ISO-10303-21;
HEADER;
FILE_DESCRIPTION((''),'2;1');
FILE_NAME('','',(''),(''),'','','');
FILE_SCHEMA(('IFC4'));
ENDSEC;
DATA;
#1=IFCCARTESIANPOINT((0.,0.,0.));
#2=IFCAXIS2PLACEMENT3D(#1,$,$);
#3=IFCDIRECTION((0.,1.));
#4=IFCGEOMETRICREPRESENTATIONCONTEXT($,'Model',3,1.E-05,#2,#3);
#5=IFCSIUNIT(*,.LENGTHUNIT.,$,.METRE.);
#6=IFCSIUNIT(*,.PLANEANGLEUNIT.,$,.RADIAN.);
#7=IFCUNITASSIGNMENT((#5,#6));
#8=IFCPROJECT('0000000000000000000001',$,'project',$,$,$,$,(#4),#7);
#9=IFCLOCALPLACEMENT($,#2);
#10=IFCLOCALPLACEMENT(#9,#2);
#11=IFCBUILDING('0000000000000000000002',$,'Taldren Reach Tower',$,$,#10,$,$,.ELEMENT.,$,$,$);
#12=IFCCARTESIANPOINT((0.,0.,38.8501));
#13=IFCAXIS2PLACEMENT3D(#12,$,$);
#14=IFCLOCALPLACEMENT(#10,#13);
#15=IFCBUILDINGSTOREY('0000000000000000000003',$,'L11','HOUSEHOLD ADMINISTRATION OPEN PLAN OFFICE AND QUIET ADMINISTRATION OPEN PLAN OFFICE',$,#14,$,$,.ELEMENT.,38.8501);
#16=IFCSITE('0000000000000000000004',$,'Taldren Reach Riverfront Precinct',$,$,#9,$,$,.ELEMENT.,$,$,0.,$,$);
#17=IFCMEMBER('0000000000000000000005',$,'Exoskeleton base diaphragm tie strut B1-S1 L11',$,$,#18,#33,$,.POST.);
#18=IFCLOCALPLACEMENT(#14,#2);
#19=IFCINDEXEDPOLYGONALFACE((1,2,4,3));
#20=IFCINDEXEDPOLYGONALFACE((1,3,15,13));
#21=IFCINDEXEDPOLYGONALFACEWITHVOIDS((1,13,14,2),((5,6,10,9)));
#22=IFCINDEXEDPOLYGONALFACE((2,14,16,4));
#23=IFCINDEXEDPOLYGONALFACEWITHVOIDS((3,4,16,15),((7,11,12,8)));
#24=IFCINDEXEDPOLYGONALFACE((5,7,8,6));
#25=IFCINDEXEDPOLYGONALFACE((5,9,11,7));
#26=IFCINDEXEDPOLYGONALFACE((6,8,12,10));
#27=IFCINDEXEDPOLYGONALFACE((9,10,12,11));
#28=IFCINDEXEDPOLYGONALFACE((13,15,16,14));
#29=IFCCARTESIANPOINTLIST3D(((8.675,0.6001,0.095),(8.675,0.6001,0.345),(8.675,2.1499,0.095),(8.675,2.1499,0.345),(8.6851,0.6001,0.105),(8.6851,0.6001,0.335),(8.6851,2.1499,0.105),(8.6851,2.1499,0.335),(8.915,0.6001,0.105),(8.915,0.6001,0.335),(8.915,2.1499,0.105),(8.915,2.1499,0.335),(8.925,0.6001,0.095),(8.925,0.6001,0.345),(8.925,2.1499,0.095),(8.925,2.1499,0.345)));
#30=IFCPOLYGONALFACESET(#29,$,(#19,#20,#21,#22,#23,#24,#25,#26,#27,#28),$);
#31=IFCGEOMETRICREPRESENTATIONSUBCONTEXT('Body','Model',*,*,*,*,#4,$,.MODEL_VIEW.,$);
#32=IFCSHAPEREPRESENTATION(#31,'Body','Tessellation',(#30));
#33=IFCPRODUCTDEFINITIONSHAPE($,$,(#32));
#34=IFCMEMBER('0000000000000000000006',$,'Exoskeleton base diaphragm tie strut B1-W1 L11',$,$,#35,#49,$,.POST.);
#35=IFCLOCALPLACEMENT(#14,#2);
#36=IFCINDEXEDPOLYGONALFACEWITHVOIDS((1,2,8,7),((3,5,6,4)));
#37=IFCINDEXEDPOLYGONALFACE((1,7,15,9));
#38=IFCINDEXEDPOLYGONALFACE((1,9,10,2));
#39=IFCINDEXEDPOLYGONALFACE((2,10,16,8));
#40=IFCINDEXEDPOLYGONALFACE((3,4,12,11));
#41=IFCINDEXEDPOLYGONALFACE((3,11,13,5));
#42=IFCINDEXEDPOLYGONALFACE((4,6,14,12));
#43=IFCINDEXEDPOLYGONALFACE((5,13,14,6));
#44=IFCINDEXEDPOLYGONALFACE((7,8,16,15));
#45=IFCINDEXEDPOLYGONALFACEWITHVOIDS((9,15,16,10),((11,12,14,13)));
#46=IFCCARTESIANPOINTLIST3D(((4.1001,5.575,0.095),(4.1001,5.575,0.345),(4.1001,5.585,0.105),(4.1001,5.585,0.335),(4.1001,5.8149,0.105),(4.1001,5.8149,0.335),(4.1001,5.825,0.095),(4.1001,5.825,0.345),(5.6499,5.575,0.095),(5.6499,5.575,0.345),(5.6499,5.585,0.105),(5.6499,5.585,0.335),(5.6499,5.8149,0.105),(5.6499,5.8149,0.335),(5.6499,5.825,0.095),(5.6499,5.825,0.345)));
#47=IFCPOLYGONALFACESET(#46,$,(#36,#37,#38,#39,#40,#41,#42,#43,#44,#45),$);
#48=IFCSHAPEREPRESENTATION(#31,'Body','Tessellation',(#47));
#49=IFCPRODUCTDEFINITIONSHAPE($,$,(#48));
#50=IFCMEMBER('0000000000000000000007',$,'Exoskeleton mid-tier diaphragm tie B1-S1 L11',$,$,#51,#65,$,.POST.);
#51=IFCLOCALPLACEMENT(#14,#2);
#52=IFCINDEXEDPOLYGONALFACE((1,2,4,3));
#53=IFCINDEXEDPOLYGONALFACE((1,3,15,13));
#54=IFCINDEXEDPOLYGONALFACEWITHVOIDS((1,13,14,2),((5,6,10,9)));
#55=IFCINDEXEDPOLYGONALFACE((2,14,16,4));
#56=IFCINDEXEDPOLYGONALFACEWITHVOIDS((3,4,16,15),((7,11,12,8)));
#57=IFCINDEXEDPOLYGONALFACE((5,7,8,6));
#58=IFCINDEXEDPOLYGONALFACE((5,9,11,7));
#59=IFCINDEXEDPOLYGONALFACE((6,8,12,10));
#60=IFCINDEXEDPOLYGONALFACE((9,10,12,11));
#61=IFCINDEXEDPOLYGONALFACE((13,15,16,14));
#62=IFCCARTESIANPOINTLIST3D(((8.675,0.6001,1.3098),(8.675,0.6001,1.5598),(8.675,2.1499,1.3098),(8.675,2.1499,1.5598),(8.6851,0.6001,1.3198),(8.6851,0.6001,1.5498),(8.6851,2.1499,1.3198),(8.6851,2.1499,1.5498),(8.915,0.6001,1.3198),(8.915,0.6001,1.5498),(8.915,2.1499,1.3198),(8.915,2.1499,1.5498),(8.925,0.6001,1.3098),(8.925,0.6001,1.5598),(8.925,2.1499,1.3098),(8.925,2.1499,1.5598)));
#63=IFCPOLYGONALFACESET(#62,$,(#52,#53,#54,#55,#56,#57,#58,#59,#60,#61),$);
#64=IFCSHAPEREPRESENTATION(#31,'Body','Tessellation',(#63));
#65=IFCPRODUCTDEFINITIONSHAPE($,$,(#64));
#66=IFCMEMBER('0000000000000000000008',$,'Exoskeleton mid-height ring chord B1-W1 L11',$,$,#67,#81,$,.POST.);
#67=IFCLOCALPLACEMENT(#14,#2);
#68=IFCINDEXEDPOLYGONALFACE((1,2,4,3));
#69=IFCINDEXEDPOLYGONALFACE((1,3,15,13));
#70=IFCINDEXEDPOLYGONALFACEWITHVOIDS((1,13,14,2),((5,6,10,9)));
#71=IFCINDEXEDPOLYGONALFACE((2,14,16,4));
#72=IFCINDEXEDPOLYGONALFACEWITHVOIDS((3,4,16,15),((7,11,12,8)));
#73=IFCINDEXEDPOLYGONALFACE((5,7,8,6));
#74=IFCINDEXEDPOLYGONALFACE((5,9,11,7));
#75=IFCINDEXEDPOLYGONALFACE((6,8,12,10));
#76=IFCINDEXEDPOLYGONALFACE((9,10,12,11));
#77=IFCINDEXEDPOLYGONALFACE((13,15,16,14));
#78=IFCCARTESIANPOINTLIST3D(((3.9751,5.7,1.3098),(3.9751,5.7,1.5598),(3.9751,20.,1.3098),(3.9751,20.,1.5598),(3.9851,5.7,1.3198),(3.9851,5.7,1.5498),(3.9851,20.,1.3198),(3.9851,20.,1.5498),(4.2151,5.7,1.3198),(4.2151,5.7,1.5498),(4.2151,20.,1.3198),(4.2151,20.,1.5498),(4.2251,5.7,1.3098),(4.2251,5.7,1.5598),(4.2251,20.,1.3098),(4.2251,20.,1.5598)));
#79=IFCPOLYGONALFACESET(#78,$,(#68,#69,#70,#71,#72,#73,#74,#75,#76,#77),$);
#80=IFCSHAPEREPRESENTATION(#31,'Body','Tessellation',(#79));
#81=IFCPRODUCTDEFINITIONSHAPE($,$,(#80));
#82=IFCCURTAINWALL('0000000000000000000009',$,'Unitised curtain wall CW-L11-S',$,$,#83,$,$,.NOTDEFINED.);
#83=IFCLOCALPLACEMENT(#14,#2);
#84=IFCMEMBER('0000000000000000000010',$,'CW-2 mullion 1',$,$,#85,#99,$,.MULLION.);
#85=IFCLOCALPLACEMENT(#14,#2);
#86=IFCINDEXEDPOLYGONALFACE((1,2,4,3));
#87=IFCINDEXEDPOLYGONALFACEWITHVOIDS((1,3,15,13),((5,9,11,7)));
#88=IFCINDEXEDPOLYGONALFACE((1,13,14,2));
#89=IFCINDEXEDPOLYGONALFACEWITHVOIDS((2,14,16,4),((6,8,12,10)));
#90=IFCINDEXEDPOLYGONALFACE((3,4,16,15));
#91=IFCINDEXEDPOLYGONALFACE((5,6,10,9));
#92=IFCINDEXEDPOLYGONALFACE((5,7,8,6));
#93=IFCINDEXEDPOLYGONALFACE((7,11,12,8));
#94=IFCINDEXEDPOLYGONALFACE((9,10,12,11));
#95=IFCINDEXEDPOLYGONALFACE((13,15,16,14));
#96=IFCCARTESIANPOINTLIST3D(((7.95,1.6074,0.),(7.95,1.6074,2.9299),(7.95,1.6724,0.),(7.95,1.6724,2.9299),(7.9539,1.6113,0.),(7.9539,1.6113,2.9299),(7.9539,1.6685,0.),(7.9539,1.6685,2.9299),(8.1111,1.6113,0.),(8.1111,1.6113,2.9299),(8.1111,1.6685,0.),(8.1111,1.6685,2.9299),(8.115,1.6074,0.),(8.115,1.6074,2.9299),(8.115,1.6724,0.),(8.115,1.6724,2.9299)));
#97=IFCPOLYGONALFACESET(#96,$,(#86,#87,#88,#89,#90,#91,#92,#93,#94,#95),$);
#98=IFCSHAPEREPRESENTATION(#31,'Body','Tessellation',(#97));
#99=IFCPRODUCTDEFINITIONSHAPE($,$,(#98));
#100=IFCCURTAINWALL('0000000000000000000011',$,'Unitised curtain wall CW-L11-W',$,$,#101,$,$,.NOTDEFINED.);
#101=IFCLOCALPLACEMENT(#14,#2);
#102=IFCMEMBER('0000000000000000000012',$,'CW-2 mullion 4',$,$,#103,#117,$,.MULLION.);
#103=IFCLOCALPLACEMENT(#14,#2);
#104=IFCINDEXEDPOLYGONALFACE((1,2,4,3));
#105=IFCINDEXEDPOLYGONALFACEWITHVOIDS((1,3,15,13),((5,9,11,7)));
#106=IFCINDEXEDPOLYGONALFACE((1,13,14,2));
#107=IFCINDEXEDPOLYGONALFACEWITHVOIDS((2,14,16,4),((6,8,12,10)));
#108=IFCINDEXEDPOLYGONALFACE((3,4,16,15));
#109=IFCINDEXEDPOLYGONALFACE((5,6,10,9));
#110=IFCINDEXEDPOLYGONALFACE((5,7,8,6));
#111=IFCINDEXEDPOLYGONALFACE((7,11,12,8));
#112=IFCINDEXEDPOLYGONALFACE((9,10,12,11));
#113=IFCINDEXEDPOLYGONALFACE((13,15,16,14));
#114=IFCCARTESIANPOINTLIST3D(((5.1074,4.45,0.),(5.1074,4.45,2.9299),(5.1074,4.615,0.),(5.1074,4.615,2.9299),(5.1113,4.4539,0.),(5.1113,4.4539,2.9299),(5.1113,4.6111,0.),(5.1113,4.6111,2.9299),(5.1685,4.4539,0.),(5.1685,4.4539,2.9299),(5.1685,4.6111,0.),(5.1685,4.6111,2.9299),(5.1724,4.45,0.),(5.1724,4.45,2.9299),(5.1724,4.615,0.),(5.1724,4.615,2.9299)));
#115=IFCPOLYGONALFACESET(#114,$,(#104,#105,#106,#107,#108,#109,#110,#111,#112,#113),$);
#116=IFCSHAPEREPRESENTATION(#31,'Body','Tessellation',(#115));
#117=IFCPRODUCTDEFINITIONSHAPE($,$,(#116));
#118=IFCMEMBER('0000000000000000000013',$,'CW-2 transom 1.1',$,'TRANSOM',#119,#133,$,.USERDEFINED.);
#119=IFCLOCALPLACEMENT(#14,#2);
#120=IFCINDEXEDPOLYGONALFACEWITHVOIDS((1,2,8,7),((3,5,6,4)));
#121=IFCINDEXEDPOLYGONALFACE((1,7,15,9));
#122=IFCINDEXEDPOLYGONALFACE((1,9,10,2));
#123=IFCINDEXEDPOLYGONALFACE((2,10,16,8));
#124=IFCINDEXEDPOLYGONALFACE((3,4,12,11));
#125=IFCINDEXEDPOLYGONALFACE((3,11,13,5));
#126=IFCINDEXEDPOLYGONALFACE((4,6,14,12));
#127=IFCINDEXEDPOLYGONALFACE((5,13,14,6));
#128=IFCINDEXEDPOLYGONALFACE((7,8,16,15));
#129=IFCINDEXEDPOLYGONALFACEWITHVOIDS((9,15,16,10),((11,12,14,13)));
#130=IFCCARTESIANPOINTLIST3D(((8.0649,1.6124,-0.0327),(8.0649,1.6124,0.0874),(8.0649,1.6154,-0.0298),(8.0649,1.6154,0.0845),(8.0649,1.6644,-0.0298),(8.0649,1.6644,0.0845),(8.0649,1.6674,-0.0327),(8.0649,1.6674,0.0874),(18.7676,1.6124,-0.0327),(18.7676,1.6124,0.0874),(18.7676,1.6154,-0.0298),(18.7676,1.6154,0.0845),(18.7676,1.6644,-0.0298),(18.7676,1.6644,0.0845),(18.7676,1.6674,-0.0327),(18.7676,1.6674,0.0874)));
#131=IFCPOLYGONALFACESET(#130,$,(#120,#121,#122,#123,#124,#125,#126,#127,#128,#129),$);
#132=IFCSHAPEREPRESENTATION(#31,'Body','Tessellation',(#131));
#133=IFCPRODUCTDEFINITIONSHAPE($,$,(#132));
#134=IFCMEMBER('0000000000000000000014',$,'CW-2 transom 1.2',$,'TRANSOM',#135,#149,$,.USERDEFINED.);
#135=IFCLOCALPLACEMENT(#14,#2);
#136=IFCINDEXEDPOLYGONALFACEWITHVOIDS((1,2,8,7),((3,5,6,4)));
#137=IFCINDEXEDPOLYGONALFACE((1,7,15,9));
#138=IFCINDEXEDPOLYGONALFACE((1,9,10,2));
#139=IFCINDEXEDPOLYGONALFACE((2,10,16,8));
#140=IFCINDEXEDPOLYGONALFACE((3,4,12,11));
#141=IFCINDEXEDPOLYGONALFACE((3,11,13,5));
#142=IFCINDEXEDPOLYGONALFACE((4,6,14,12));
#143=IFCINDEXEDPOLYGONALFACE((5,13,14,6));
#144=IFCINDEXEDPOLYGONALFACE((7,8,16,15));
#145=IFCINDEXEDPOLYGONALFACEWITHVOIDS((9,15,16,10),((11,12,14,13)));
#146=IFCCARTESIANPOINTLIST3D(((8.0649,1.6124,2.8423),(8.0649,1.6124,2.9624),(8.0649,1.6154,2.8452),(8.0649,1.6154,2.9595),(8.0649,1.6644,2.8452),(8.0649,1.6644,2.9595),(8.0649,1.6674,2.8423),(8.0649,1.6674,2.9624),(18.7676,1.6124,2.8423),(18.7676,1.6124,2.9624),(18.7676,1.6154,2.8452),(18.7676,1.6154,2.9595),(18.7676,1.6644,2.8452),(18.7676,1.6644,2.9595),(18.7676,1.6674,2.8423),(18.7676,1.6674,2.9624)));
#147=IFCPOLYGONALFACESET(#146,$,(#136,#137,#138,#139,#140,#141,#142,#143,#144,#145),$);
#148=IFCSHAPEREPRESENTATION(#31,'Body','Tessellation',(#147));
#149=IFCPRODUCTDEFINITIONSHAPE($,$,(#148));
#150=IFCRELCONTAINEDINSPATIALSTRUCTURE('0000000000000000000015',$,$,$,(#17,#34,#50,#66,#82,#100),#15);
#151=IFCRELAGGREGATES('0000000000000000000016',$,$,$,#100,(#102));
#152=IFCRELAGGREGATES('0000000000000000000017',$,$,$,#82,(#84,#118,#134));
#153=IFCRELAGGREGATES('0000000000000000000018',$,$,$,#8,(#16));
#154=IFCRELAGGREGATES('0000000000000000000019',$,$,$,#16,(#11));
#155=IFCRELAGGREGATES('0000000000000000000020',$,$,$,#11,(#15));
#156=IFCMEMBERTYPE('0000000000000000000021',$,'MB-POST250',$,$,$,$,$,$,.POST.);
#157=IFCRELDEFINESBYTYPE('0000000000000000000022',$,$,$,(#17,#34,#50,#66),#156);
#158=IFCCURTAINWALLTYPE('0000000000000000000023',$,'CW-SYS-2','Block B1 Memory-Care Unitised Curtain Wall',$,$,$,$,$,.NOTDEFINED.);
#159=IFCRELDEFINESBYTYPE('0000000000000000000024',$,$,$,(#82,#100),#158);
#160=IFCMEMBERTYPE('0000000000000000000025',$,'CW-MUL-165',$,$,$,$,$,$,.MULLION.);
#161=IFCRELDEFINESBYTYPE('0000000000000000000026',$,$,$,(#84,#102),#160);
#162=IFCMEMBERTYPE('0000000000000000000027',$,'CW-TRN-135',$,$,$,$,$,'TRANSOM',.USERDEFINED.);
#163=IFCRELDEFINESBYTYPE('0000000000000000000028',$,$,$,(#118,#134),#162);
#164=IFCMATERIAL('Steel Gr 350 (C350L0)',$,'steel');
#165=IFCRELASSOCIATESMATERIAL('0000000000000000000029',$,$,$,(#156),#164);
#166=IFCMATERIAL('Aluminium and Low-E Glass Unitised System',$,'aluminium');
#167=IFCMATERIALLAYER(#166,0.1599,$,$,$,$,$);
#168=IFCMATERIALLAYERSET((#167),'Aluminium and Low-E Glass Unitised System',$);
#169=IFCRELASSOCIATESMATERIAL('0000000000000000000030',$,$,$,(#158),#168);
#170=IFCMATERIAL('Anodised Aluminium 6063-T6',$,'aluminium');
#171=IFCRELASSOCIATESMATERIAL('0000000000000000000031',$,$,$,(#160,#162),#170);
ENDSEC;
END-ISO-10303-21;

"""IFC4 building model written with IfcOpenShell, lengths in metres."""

from ifc_helpers import new_model, si_unit, direction, frame, origin, origin_2d, place, context, subcontext, project, spatial, hollow_rectangle, extrude, source, transform, mapped, material, layer, layer_set, material_profile, profile_set, type_object, element, aggregate, save


model = new_model("IFC4")

# Units and contexts
model_context = context("Model", 3, precision=1e-05, world=origin(), true_north=direction((0.0, 1.0)))
body_context = subcontext(model_context, "Body", "Model", "MODEL_VIEW")
ifc_project = project(units=[si_unit("LENGTHUNIT", "METRE"), si_unit("PLANEANGLEUNIT", "RADIAN")], contexts=[model_context])

# Site, building, storey
site_placement = place(None, origin())
site = spatial("IfcSite", under=ifc_project, at=site_placement, Name="Taldren Reach Riverfront Precinct", CompositionType="ELEMENT", RefElevation=0.0)
building_placement = place(site_placement, origin())
building = spatial("IfcBuilding", under=site, at=building_placement, Name="Taldren Reach Tower", CompositionType="ELEMENT")
storey_placement = place(building_placement, frame((0.0, 0.0, 38.8501)))
storey = spatial("IfcBuildingStorey", under=building, at=storey_placement, Name="L11", Description="HOUSEHOLD ADMINISTRATION OPEN PLAN OFFICE AND QUIET ADMINISTRATION OPEN PLAN OFFICE", CompositionType="ELEMENT", Elevation=38.8501)

# Members
ifc_material_1 = material(Name="Steel Gr 350 (C350L0)", Category="steel")
ifc_material_profile_1 = material_profile(ifc_material_1, hollow_rectangle(XDim=0.25, YDim=0.25, WallThickness=0.01, at=origin_2d()), Name="250x250x10.0SHS")
ifc_profile_set_1 = profile_set([ifc_material_profile_1], Name="Steel Gr 350 (C350L0)")
member_type_1 = type_object("IfcMemberType", Name="MB-POST250", PredefinedType="POST", material=ifc_profile_set_1)
shared_shape_1 = source(origin(), body_context, "Body", "SweptSolid", [
    extrude(hollow_rectangle(XDim=0.25, YDim=0.25, WallThickness=0.01, at=origin_2d()), origin(), (0.0, 0.0, 1.0), 1.5498),
])
for number, where, z_axis, x_axis, name in (
    (1, (8.8, 2.1499, 0.22), (0.0, -1.0, 0.0), (1.0, 0.0, 0.0), "Exoskeleton base diaphragm tie strut B1-S1 L11"),
    (2, (5.6499, 5.7, 0.22), (-1.0, 0.0, 0.0), (0.0, -1.0, 0.0), "Exoskeleton base diaphragm tie strut B1-W1 L11"),
    (3, (8.8, 2.1499, 1.4348), (0.0, -1.0, 0.0), (1.0, 0.0, 0.0), "Exoskeleton mid-tier diaphragm tie B1-S1 L11"),
):
    element("IfcMember", number, at=place(storey_placement, frame(where, z_axis=z_axis, x_axis=x_axis)), inside=storey, type_object=member_type_1, Name=name, PredefinedType="POST", context=body_context, shape_type="MappedRepresentation", body=[
        mapped(shared_shape_1, transform((0.0, 0.0, 0.0), scale=1.0)),
    ])
shared_shape_2 = source(origin(), body_context, "Body", "SweptSolid", [
    extrude(hollow_rectangle(XDim=0.25, YDim=0.25, WallThickness=0.01, at=origin_2d()), origin(), (0.0, 0.0, 1.0), 14.3),
])
member_1_placement = place(storey_placement, frame((4.1001, 5.7, 1.4348), z_axis=(0.0, 1.0, 0.0), x_axis=(-1.0, 0.0, 0.0)))
element("IfcMember", 4, at=member_1_placement, inside=storey, type_object=member_type_1, Name="Exoskeleton mid-height ring chord B1-W1 L11", PredefinedType="POST", context=body_context, shape_type="MappedRepresentation", body=[
    mapped(shared_shape_2, transform((0.0, 0.0, 0.0), scale=1.0)),
])

# Curtain walls, members
ifc_material_2 = material(Name="Aluminium and Low-E Glass Unitised System", Category="aluminium")
ifc_layer_1 = layer(ifc_material_2, 0.1599)
ifc_layer_set_1 = layer_set([ifc_layer_1], Name="Aluminium and Low-E Glass Unitised System")
curtain_wall_type = type_object("IfcCurtainWallType", Name="CW-SYS-2", Description="Block B1 Memory-Care Unitised Curtain Wall", PredefinedType="NOTDEFINED", material=ifc_layer_set_1)
curtain_wall_1_placement = place(storey_placement, origin())
curtain_wall_1 = element("IfcCurtainWall", 5, at=curtain_wall_1_placement, inside=storey, type_object=curtain_wall_type, Name="Unitised curtain wall CW-L11-S", PredefinedType="NOTDEFINED")
ifc_material_3 = material(Name="Anodised Aluminium 6063-T6", Category="aluminium")
ifc_material_profile_2 = material_profile(ifc_material_3, hollow_rectangle(XDim=0.0649, YDim=0.165, WallThickness=0.0039, at=origin_2d()), Name="ALU-165x65x4RHS")
ifc_profile_set_2 = profile_set([ifc_material_profile_2], Name="Anodised Aluminium 6063-T6")
member_type_2 = type_object("IfcMemberType", Name="CW-MUL-165", PredefinedType="MULLION", material=ifc_profile_set_2)
shared_shape_3 = source(origin(), body_context, "Body", "SweptSolid", [
    extrude(hollow_rectangle(XDim=0.0649, YDim=0.165, WallThickness=0.0039, at=origin_2d()), origin(), (0.0, 0.0, 1.0), 2.9299),
])
member_2_placement = place(storey_placement, frame((8.0325, 1.6399, 0.0), z_axis=(0.0, 0.0, 1.0), x_axis=(0.0, 1.0, 0.0)))
member_2 = element("IfcMember", 6, at=member_2_placement, type_object=member_type_2, Name="CW-2 mullion 1", PredefinedType="MULLION", context=body_context, shape_type="MappedRepresentation", body=[
    mapped(shared_shape_3, transform((0.0, 0.0, 0.0), scale=1.0)),
])
curtain_wall_2_placement = place(storey_placement, origin())
curtain_wall_2 = element("IfcCurtainWall", 7, at=curtain_wall_2_placement, inside=storey, type_object=curtain_wall_type, Name="Unitised curtain wall CW-L11-W", PredefinedType="NOTDEFINED")
member_3_placement = place(storey_placement, frame((5.1399, 4.5325, 0.0), z_axis=(0.0, 0.0, 1.0), x_axis=(1.0, 0.0, 0.0)))
member_3 = element("IfcMember", 8, at=member_3_placement, type_object=member_type_2, Name="CW-2 mullion 4", PredefinedType="MULLION", context=body_context, shape_type="MappedRepresentation", body=[
    mapped(shared_shape_3, transform((0.0, 0.0, 0.0), scale=1.0)),
])
aggregate(curtain_wall_2, [member_3])

# Members
ifc_material_profile_3 = material_profile(ifc_material_3, hollow_rectangle(XDim=0.0549, YDim=0.1201, WallThickness=0.0029, at=origin_2d()), Name="ALU-120x55x3RHS")
ifc_profile_set_3 = profile_set([ifc_material_profile_3], Name="Anodised Aluminium 6063-T6")
member_type_3 = type_object("IfcMemberType", Name="CW-TRN-135", ElementType="TRANSOM", PredefinedType="USERDEFINED", material=ifc_profile_set_3)
shared_shape_4 = source(origin(), body_context, "Body", "SweptSolid", [
    extrude(hollow_rectangle(XDim=0.0549, YDim=0.1201, WallThickness=0.0029, at=origin_2d()), origin(), (0.0, 0.0, 1.0), 10.7026),
])
member_4_placement = place(storey_placement, frame((8.0649, 1.6399, 0.0273), z_axis=(1.0, 0.0, 0.0), x_axis=(0.0, 1.0, 0.0)))
member_4 = element("IfcMember", 9, at=member_4_placement, type_object=member_type_3, Name="CW-2 transom 1.1", ObjectType="TRANSOM", PredefinedType="USERDEFINED", context=body_context, shape_type="MappedRepresentation", body=[
    mapped(shared_shape_4, transform((0.0, 0.0, 0.0), scale=1.0)),
])
member_5_placement = place(storey_placement, frame((8.0649, 1.6399, 2.9023), z_axis=(1.0, 0.0, 0.0), x_axis=(0.0, 1.0, 0.0)))
member_5 = element("IfcMember", 10, at=member_5_placement, type_object=member_type_3, Name="CW-2 transom 1.2", ObjectType="TRANSOM", PredefinedType="USERDEFINED", context=body_context, shape_type="MappedRepresentation", body=[
    mapped(shared_shape_4, transform((0.0, 0.0, 0.0), scale=1.0)),
])

aggregate(curtain_wall_1, [member_2, member_4, member_5])

save(model, "model.ifc")
